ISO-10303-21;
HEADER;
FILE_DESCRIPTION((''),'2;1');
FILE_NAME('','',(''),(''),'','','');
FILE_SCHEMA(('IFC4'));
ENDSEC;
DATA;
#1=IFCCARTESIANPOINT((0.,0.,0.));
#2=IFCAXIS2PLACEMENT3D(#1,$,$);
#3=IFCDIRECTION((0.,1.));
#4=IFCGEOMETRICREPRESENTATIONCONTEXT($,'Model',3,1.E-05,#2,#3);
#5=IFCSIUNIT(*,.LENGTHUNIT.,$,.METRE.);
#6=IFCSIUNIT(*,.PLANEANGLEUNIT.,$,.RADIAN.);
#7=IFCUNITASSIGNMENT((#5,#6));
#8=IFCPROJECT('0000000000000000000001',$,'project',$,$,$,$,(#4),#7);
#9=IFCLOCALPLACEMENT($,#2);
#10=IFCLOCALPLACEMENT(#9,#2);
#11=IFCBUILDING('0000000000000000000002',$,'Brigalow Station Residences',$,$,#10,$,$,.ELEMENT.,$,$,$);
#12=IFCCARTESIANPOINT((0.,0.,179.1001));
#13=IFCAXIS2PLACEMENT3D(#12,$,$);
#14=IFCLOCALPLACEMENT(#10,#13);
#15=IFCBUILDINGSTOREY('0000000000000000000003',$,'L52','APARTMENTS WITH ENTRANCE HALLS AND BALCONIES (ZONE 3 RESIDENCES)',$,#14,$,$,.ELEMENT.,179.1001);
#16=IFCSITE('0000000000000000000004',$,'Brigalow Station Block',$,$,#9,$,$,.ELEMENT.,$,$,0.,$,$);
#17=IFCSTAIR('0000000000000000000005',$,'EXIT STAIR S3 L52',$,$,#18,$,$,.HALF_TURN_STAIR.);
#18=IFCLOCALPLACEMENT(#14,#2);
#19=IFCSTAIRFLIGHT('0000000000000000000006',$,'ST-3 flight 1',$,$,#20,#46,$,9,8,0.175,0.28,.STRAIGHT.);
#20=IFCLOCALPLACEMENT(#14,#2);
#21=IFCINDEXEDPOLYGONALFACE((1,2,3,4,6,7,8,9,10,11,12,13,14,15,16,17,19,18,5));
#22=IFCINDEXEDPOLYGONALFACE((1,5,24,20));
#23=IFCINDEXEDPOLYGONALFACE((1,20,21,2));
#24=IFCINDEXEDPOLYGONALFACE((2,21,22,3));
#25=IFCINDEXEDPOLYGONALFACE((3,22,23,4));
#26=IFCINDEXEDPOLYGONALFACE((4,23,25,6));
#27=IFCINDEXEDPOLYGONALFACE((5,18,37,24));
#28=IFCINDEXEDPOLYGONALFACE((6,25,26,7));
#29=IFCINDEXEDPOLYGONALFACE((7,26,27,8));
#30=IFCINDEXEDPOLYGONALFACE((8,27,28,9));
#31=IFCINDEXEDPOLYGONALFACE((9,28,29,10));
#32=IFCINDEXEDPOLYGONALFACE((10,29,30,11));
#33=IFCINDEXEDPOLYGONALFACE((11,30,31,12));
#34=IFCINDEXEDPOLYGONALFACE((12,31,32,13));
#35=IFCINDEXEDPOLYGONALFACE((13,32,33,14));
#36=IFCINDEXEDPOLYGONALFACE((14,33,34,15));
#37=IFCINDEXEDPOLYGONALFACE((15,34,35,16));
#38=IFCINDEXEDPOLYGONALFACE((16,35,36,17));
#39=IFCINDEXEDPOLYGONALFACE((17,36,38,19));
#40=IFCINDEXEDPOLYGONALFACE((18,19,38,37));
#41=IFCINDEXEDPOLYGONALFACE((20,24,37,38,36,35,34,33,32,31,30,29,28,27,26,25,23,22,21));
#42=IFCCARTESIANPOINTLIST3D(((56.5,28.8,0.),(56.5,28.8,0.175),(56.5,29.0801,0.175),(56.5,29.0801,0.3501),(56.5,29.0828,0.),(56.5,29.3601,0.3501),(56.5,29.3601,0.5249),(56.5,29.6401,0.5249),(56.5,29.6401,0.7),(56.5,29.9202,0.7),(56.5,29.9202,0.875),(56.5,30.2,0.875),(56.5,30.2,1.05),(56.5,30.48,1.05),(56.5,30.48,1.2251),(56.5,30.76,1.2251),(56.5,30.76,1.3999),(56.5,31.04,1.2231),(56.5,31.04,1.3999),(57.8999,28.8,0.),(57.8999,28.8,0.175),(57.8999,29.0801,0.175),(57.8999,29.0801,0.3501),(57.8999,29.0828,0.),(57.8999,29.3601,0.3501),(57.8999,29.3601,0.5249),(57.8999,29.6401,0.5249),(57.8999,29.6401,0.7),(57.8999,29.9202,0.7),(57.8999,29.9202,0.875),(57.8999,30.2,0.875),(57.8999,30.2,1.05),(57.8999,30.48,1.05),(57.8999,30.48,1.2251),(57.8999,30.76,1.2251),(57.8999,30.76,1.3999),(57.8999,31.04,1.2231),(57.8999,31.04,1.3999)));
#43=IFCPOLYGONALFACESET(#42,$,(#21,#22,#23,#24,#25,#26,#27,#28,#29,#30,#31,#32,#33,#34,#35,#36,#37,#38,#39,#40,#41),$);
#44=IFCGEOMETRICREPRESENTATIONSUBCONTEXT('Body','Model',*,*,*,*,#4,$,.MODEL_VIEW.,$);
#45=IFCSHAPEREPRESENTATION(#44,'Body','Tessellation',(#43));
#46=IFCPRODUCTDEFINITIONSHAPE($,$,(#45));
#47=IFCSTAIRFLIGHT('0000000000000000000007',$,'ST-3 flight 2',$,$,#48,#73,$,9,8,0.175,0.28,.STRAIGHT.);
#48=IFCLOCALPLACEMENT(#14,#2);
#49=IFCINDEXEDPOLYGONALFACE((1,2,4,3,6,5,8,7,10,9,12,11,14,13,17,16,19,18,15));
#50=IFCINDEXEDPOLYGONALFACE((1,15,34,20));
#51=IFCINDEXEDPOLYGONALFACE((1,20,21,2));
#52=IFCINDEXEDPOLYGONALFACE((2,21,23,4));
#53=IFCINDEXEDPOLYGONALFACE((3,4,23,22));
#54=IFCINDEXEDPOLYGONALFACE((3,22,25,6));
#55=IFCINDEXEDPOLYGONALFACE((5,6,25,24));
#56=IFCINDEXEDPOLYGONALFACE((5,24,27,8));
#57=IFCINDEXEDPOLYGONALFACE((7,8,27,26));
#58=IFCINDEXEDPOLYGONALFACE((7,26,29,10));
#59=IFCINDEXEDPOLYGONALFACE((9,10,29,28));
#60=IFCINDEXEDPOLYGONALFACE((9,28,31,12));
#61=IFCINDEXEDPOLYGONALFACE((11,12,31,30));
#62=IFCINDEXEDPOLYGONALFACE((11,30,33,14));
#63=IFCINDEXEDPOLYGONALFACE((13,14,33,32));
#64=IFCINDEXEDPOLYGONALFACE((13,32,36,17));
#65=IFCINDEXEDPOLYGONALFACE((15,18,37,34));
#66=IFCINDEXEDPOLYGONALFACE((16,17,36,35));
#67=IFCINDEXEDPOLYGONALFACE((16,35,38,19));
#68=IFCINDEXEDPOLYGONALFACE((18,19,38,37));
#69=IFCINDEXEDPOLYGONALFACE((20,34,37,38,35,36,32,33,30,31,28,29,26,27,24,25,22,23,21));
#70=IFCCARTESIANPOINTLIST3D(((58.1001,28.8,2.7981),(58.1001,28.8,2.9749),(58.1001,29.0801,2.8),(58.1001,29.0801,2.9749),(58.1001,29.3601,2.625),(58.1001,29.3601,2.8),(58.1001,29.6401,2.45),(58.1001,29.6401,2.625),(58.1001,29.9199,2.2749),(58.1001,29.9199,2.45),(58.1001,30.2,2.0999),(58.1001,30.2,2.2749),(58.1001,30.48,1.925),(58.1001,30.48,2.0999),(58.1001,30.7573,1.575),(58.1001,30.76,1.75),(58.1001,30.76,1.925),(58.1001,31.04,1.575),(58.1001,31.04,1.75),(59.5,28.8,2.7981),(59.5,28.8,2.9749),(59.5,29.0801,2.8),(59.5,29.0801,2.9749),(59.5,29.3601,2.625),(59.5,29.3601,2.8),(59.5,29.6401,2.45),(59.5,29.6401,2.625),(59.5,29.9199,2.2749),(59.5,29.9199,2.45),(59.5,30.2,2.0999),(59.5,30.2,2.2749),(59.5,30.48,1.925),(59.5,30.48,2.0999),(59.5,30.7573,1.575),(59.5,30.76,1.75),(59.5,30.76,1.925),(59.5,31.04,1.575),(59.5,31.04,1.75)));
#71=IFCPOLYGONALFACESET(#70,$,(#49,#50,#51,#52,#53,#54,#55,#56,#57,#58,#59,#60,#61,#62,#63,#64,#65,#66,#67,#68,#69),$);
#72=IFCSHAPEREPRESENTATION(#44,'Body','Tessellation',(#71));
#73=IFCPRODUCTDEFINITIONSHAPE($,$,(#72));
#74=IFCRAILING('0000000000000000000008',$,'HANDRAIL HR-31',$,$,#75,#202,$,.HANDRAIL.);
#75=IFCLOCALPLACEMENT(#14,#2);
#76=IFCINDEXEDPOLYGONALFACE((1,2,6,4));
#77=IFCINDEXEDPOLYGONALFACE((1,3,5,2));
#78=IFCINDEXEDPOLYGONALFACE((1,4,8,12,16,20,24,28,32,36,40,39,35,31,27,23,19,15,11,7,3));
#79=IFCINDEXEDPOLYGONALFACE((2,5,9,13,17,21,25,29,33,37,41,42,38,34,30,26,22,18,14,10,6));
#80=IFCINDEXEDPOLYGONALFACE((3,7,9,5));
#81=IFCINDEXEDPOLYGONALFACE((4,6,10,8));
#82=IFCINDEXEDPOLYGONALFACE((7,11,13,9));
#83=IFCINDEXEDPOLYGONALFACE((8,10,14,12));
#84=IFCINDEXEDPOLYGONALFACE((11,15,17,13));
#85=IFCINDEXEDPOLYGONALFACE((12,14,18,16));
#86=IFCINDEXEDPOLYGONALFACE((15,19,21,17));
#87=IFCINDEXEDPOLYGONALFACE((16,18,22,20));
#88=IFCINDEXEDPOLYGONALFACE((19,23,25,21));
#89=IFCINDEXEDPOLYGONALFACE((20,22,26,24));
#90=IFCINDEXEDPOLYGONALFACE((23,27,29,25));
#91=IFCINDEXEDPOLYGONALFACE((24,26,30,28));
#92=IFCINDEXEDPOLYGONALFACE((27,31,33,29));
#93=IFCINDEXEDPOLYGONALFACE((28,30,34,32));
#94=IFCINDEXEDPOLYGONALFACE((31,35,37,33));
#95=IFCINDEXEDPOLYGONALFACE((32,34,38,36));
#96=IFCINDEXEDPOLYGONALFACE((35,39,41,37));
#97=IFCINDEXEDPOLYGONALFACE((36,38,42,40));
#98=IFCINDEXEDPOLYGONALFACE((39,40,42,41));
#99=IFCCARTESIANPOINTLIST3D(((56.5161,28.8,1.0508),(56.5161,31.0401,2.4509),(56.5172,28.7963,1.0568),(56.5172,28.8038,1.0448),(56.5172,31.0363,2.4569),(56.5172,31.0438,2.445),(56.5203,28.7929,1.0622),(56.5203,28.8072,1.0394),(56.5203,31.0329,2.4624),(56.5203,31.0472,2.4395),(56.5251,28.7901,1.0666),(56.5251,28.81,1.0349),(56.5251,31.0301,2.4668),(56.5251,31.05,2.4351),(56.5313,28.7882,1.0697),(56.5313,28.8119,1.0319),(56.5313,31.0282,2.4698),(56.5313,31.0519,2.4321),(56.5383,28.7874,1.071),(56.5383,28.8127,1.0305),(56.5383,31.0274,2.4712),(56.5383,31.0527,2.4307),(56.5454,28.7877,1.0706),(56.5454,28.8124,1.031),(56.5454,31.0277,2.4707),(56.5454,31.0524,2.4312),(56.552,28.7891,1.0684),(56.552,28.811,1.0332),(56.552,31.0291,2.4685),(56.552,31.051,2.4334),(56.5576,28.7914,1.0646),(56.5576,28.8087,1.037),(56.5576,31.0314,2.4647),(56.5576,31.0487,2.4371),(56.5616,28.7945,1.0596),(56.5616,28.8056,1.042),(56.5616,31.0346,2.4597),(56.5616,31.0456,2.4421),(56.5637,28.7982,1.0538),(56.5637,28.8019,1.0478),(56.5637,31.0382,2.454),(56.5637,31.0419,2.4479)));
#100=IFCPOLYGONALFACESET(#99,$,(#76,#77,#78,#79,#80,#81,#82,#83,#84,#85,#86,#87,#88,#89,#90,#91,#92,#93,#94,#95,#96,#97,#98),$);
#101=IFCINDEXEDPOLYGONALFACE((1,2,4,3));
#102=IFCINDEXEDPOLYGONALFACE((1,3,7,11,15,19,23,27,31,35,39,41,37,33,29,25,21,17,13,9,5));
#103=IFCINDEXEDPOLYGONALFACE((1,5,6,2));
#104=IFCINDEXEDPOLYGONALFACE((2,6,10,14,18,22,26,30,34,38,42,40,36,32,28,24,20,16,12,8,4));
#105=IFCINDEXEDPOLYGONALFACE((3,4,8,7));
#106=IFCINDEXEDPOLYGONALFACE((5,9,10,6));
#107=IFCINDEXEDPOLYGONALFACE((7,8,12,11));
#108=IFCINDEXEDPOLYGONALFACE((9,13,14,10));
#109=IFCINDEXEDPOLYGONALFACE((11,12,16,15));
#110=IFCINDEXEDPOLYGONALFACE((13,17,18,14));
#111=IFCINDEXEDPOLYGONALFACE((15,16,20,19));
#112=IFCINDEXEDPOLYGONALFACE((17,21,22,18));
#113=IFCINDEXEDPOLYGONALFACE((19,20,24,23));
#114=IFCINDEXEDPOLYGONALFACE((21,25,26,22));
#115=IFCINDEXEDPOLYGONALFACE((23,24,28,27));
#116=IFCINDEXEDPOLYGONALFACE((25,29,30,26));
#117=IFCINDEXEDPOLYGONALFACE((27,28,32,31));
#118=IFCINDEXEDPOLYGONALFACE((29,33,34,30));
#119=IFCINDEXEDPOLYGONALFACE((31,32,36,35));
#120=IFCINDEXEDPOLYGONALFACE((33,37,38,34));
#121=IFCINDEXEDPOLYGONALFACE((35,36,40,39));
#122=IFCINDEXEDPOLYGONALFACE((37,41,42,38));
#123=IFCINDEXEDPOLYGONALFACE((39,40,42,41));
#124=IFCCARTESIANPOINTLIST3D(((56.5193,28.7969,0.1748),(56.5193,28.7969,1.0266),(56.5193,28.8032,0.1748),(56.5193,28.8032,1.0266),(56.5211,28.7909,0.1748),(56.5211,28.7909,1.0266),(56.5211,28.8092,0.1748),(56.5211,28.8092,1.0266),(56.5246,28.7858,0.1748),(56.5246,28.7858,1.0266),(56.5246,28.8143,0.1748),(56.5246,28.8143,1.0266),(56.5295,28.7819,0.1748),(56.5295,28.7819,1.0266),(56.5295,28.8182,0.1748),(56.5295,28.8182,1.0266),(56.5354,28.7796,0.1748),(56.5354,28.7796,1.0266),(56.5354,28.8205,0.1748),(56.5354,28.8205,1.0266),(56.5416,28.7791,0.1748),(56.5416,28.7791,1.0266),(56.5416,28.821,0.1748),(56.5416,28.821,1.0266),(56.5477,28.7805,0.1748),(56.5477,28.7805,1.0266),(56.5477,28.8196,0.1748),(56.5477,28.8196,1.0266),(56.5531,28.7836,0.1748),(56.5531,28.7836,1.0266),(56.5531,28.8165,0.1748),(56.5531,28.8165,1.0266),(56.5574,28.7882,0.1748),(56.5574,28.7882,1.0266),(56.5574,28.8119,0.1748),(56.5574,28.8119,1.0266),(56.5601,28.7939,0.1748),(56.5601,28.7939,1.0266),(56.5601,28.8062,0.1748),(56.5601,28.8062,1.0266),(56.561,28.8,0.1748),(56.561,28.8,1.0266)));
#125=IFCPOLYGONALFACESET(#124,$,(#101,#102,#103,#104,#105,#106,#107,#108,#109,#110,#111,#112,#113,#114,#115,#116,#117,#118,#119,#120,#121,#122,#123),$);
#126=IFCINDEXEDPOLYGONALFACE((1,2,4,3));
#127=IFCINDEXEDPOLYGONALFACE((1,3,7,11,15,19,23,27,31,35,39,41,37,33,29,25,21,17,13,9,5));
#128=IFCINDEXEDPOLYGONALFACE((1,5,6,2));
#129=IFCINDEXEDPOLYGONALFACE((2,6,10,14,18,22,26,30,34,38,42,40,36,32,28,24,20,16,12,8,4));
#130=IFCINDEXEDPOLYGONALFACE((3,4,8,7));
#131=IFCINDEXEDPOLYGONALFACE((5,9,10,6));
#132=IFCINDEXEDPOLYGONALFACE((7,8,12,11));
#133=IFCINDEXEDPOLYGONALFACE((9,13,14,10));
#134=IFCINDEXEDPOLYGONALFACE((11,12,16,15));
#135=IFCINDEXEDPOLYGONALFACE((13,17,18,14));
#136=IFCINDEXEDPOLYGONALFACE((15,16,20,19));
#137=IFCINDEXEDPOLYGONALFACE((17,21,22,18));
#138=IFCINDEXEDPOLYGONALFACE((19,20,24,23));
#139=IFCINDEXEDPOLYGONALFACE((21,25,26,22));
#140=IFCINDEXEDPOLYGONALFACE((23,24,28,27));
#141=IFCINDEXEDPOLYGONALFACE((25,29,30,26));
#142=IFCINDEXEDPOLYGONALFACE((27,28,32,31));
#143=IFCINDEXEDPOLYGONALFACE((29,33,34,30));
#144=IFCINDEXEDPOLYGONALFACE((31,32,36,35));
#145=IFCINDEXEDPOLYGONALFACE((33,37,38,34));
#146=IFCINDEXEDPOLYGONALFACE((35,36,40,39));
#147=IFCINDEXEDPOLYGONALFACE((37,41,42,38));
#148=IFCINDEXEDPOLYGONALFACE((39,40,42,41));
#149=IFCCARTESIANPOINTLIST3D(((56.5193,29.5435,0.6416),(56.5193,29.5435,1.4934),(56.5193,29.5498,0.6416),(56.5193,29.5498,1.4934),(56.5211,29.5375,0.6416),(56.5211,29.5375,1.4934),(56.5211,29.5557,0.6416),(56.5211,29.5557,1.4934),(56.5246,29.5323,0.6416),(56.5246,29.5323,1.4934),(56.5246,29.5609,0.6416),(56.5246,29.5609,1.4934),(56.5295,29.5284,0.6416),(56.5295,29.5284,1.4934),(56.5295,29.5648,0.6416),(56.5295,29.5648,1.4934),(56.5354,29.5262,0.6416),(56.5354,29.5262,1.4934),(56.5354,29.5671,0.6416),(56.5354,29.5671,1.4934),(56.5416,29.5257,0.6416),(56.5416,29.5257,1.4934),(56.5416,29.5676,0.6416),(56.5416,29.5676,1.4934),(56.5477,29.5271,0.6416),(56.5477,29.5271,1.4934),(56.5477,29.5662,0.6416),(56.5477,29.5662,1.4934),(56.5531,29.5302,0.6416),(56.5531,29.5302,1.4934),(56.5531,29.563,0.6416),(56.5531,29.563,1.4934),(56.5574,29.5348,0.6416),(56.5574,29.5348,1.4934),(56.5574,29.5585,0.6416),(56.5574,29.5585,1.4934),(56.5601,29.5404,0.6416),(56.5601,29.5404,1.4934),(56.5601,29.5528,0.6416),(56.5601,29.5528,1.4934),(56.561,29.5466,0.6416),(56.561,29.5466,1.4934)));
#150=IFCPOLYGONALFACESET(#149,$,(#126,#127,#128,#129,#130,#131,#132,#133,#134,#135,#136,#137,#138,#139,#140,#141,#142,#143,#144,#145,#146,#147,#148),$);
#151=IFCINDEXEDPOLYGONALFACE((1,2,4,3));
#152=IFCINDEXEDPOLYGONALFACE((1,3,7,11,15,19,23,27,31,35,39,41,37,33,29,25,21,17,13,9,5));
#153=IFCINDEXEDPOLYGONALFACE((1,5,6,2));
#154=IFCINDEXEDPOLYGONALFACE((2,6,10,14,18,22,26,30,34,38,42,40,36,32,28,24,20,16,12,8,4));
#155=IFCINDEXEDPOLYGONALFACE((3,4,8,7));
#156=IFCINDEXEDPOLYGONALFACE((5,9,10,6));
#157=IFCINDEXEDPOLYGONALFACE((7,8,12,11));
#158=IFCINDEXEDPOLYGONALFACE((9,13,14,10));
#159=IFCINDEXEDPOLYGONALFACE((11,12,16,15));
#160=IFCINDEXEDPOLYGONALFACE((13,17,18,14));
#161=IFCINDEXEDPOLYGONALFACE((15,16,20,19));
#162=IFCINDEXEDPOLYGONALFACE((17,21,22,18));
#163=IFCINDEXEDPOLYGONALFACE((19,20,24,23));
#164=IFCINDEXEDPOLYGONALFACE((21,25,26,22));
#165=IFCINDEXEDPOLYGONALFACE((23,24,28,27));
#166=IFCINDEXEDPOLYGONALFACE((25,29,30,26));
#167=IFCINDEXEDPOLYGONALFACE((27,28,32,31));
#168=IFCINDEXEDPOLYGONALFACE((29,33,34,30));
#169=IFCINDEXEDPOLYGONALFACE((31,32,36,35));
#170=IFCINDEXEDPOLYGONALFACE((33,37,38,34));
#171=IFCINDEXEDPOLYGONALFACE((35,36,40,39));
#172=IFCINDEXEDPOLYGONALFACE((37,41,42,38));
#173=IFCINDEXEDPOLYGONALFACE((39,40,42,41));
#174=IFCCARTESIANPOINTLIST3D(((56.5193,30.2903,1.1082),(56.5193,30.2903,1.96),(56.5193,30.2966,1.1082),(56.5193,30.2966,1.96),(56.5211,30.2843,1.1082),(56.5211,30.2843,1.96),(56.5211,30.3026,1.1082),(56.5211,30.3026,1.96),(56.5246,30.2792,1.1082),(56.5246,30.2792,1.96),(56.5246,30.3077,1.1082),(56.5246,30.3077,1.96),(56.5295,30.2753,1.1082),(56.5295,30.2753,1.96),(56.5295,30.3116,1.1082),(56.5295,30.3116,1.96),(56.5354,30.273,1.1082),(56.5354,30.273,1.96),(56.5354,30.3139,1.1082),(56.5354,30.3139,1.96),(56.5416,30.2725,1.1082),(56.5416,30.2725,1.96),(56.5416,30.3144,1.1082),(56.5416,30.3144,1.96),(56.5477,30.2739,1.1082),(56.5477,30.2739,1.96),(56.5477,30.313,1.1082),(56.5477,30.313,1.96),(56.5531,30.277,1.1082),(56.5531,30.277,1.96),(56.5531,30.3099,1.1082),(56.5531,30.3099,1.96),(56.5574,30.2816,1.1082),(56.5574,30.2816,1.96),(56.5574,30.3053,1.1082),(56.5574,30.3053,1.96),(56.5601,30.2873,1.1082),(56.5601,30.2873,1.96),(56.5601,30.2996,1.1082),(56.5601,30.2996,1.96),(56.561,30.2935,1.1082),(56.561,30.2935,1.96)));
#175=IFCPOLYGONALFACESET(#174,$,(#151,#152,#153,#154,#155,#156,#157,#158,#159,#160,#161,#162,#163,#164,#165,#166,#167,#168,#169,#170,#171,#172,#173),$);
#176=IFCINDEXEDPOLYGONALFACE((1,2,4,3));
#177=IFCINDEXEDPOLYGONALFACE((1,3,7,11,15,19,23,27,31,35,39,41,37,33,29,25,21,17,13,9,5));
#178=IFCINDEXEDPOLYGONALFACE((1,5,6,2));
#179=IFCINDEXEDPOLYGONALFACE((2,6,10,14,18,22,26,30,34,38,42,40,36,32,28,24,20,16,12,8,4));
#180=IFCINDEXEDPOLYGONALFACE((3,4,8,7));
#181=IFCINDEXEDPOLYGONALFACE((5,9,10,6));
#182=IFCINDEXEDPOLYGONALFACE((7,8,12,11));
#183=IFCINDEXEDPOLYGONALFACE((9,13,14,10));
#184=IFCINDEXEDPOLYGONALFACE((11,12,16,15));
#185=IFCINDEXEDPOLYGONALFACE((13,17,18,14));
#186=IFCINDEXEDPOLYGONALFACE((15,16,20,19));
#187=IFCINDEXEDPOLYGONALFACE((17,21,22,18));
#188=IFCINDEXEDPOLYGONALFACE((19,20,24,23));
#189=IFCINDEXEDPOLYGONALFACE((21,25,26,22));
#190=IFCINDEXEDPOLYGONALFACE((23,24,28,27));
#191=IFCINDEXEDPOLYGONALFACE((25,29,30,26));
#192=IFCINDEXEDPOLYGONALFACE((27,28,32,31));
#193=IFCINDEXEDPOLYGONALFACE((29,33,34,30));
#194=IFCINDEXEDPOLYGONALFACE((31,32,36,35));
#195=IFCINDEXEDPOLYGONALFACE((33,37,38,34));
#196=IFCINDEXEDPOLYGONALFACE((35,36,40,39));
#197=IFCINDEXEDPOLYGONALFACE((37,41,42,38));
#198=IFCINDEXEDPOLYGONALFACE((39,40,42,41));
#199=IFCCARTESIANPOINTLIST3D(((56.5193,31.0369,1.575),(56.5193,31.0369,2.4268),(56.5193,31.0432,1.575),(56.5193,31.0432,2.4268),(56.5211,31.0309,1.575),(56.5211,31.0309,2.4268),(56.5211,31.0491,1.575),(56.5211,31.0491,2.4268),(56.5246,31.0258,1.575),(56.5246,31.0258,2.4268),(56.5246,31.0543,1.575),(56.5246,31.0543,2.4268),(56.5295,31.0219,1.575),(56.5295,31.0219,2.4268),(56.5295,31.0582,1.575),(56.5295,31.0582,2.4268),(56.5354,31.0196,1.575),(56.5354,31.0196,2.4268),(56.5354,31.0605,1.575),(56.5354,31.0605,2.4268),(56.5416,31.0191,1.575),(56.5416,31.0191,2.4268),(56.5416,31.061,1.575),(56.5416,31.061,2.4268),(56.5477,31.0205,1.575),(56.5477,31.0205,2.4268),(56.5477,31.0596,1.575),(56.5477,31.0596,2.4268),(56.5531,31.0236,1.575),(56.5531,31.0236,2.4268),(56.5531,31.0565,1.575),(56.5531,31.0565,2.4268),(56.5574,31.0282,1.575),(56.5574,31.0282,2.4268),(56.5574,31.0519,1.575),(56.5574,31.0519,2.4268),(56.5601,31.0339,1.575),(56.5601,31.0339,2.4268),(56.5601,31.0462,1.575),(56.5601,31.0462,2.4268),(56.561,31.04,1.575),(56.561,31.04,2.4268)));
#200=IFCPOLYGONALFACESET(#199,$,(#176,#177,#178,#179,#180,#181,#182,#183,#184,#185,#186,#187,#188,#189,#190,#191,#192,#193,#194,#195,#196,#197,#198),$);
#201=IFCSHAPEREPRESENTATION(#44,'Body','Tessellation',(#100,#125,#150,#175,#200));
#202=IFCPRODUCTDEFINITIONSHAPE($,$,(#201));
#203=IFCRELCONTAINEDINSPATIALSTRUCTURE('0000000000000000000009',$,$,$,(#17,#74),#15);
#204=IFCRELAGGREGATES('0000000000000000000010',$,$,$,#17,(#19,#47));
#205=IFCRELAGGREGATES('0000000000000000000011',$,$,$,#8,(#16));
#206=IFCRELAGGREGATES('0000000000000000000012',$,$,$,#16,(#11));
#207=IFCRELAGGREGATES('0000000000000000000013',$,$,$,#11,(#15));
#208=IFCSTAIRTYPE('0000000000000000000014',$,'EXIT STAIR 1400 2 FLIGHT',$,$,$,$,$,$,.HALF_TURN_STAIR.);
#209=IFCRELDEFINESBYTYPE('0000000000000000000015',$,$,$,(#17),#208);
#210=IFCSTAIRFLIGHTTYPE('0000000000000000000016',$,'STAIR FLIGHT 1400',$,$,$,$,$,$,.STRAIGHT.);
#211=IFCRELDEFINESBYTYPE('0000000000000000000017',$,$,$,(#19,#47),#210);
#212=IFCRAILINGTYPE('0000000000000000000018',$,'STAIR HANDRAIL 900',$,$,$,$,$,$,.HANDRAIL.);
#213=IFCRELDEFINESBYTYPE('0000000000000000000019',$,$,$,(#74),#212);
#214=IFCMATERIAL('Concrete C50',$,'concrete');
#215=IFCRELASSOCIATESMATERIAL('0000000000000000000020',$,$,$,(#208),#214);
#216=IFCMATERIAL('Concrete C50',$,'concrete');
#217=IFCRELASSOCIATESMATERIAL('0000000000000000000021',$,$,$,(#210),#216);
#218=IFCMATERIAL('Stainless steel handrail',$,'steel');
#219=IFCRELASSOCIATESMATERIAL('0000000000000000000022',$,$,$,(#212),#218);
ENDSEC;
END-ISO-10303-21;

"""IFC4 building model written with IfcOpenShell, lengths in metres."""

from ifc_helpers import new_model, si_unit, direction, frame, origin, origin_2d, place, context, subcontext, project, spatial, polyline, circle, outline, extrude, material, type_object, element, aggregate, save


model = new_model("IFC4")

# Units and contexts
model_context = context("Model", 3, precision=1e-05, world=origin(), true_north=direction((0.0, 1.0)))
body_context = subcontext(model_context, "Body", "Model", "MODEL_VIEW")
ifc_project = project(units=[si_unit("LENGTHUNIT", "METRE"), si_unit("PLANEANGLEUNIT", "RADIAN")], contexts=[model_context])

# Site, building, storey
site_placement = place(None, origin())
site = spatial("IfcSite", under=ifc_project, at=site_placement, Name="Brigalow Station Block", CompositionType="ELEMENT", RefElevation=0.0)
building_placement = place(site_placement, origin())
building = spatial("IfcBuilding", under=site, at=building_placement, Name="Brigalow Station Residences", CompositionType="ELEMENT")
storey_placement = place(building_placement, frame((0.0, 0.0, 179.1001)))
storey = spatial("IfcBuildingStorey", under=building, at=storey_placement, Name="L52", Description="APARTMENTS WITH ENTRANCE HALLS AND BALCONIES (ZONE 3 RESIDENCES)", CompositionType="ELEMENT", Elevation=179.1001)

# Stair, stair flights
ifc_material_1 = material(Name="Concrete C50", Category="concrete")
stair_type = type_object("IfcStairType", Name="EXIT STAIR 1400 2 FLIGHT", PredefinedType="HALF_TURN_STAIR", material=ifc_material_1)
stair_placement = place(storey_placement, origin())
stair = element("IfcStair", 1, at=stair_placement, inside=storey, type_object=stair_type, Name="EXIT STAIR S3 L52", PredefinedType="HALF_TURN_STAIR")
ifc_material_2 = material(Name="Concrete C50", Category="concrete")
stair_flight_type = type_object("IfcStairFlightType", Name="STAIR FLIGHT 1400", PredefinedType="STRAIGHT", material=ifc_material_2)
stair_flight_1_placement = place(storey_placement, frame((57.2, 28.8, 0.0), z_axis=(0.0, 0.0, 1.0), x_axis=(0.0, 1.0, 0.0)))
stair_flight_1 = element("IfcStairFlight", 2, at=stair_flight_1_placement, type_object=stair_flight_type, Name="ST-3 flight 1", NumberOfRisers=9, NumberOfTreads=8, PredefinedType="STRAIGHT", RiserHeight=0.175, TreadLength=0.28, context=body_context, shape_type="SweptSolid", body=[
    extrude(outline(polyline([(0.0, 0.0), (0.0, 0.175), (0.28, 0.175), (0.28, 0.3501), (0.5601, 0.3501), (0.5601, 0.5249), (0.8401, 0.5249), (0.8401, 0.7), (1.1201, 0.7), (1.1201, 0.875), (1.3999, 0.875), (1.3999, 1.05), (1.6799, 1.05), (1.6799, 1.2251), (1.96, 1.2251), (1.96, 1.3999), (2.24, 1.3999), (2.24, 1.575), (2.24, 1.2231), (0.2827, 0.0), (0.0, 0.0)])), frame((0.0, 0.7, 0.0), z_axis=(0.0, -1.0, 0.0), x_axis=(1.0, 0.0, 0.0)), (0.0, 0.0, 1.0), 1.3999),
])
stair_flight_2_placement = place(storey_placement, frame((58.8, 31.04, 1.575), z_axis=(0.0, 0.0, 1.0), x_axis=(0.0, -1.0, 0.0)))
stair_flight_2 = element("IfcStairFlight", 3, at=stair_flight_2_placement, type_object=stair_flight_type, Name="ST-3 flight 2", NumberOfRisers=9, NumberOfTreads=8, PredefinedType="STRAIGHT", RiserHeight=0.175, TreadLength=0.28, context=body_context, shape_type="SweptSolid", body=[
    extrude(outline(polyline([(0.0, 0.0), (0.0, 0.175), (0.28, 0.175), (0.28, 0.3501), (0.5601, 0.3501), (0.5601, 0.5249), (0.8401, 0.5249), (0.8401, 0.7), (1.1201, 0.7), (1.1201, 0.875), (1.3999, 0.875), (1.3999, 1.05), (1.6799, 1.05), (1.6799, 1.2251), (1.96, 1.2251), (1.96, 1.3999), (2.24, 1.3999), (2.24, 1.575), (2.24, 1.2231), (0.2827, 0.0), (0.0, 0.0)])), frame((0.0, 0.7, 0.0), z_axis=(0.0, -1.0, 0.0), x_axis=(1.0, 0.0, 0.0)), (0.0, 0.0, 1.0), 1.3999),
])
aggregate(stair, [stair_flight_1, stair_flight_2])

# Railing
ifc_material_3 = material(Name="Stainless steel handrail", Category="steel")
railing_type_1 = type_object("IfcRailingType", Name="STAIR HANDRAIL 900", PredefinedType="HANDRAIL", material=ifc_material_3)
railing_1_placement = place(storey_placement, frame((56.54, 28.8, 0.1748)))
element("IfcRailing", 4, at=railing_1_placement, inside=storey, type_object=railing_type_1, Name="HANDRAIL HR-31", PredefinedType="HANDRAIL", context=body_context, shape_type="SweptSolid", body=[
    extrude(circle(Radius=0.0239, at=origin_2d()), frame((0.0, 0.0, 0.876), z_axis=(0.0, 0.847972, 0.53004), x_axis=(-1.0, 0.0, 0.0)), (0.0, 0.0, 1.0), 2.6416),
    extrude(circle(Radius=0.021, at=origin_2d()), origin(), (0.0, 0.0, 1.0), 0.8518),
    extrude(circle(Radius=0.021, at=origin_2d()), frame((0.0, 0.7466, 0.4668)), (0.0, 0.0, 1.0), 0.8518),
    extrude(circle(Radius=0.021, at=origin_2d()), frame((0.0, 1.4934, 0.9333)), (0.0, 0.0, 1.0), 0.8518),
    extrude(circle(Radius=0.021, at=origin_2d()), frame((0.0, 2.24, 1.4001)), (0.0, 0.0, 1.0), 0.8518),
])

save(model, "model.ifc")
